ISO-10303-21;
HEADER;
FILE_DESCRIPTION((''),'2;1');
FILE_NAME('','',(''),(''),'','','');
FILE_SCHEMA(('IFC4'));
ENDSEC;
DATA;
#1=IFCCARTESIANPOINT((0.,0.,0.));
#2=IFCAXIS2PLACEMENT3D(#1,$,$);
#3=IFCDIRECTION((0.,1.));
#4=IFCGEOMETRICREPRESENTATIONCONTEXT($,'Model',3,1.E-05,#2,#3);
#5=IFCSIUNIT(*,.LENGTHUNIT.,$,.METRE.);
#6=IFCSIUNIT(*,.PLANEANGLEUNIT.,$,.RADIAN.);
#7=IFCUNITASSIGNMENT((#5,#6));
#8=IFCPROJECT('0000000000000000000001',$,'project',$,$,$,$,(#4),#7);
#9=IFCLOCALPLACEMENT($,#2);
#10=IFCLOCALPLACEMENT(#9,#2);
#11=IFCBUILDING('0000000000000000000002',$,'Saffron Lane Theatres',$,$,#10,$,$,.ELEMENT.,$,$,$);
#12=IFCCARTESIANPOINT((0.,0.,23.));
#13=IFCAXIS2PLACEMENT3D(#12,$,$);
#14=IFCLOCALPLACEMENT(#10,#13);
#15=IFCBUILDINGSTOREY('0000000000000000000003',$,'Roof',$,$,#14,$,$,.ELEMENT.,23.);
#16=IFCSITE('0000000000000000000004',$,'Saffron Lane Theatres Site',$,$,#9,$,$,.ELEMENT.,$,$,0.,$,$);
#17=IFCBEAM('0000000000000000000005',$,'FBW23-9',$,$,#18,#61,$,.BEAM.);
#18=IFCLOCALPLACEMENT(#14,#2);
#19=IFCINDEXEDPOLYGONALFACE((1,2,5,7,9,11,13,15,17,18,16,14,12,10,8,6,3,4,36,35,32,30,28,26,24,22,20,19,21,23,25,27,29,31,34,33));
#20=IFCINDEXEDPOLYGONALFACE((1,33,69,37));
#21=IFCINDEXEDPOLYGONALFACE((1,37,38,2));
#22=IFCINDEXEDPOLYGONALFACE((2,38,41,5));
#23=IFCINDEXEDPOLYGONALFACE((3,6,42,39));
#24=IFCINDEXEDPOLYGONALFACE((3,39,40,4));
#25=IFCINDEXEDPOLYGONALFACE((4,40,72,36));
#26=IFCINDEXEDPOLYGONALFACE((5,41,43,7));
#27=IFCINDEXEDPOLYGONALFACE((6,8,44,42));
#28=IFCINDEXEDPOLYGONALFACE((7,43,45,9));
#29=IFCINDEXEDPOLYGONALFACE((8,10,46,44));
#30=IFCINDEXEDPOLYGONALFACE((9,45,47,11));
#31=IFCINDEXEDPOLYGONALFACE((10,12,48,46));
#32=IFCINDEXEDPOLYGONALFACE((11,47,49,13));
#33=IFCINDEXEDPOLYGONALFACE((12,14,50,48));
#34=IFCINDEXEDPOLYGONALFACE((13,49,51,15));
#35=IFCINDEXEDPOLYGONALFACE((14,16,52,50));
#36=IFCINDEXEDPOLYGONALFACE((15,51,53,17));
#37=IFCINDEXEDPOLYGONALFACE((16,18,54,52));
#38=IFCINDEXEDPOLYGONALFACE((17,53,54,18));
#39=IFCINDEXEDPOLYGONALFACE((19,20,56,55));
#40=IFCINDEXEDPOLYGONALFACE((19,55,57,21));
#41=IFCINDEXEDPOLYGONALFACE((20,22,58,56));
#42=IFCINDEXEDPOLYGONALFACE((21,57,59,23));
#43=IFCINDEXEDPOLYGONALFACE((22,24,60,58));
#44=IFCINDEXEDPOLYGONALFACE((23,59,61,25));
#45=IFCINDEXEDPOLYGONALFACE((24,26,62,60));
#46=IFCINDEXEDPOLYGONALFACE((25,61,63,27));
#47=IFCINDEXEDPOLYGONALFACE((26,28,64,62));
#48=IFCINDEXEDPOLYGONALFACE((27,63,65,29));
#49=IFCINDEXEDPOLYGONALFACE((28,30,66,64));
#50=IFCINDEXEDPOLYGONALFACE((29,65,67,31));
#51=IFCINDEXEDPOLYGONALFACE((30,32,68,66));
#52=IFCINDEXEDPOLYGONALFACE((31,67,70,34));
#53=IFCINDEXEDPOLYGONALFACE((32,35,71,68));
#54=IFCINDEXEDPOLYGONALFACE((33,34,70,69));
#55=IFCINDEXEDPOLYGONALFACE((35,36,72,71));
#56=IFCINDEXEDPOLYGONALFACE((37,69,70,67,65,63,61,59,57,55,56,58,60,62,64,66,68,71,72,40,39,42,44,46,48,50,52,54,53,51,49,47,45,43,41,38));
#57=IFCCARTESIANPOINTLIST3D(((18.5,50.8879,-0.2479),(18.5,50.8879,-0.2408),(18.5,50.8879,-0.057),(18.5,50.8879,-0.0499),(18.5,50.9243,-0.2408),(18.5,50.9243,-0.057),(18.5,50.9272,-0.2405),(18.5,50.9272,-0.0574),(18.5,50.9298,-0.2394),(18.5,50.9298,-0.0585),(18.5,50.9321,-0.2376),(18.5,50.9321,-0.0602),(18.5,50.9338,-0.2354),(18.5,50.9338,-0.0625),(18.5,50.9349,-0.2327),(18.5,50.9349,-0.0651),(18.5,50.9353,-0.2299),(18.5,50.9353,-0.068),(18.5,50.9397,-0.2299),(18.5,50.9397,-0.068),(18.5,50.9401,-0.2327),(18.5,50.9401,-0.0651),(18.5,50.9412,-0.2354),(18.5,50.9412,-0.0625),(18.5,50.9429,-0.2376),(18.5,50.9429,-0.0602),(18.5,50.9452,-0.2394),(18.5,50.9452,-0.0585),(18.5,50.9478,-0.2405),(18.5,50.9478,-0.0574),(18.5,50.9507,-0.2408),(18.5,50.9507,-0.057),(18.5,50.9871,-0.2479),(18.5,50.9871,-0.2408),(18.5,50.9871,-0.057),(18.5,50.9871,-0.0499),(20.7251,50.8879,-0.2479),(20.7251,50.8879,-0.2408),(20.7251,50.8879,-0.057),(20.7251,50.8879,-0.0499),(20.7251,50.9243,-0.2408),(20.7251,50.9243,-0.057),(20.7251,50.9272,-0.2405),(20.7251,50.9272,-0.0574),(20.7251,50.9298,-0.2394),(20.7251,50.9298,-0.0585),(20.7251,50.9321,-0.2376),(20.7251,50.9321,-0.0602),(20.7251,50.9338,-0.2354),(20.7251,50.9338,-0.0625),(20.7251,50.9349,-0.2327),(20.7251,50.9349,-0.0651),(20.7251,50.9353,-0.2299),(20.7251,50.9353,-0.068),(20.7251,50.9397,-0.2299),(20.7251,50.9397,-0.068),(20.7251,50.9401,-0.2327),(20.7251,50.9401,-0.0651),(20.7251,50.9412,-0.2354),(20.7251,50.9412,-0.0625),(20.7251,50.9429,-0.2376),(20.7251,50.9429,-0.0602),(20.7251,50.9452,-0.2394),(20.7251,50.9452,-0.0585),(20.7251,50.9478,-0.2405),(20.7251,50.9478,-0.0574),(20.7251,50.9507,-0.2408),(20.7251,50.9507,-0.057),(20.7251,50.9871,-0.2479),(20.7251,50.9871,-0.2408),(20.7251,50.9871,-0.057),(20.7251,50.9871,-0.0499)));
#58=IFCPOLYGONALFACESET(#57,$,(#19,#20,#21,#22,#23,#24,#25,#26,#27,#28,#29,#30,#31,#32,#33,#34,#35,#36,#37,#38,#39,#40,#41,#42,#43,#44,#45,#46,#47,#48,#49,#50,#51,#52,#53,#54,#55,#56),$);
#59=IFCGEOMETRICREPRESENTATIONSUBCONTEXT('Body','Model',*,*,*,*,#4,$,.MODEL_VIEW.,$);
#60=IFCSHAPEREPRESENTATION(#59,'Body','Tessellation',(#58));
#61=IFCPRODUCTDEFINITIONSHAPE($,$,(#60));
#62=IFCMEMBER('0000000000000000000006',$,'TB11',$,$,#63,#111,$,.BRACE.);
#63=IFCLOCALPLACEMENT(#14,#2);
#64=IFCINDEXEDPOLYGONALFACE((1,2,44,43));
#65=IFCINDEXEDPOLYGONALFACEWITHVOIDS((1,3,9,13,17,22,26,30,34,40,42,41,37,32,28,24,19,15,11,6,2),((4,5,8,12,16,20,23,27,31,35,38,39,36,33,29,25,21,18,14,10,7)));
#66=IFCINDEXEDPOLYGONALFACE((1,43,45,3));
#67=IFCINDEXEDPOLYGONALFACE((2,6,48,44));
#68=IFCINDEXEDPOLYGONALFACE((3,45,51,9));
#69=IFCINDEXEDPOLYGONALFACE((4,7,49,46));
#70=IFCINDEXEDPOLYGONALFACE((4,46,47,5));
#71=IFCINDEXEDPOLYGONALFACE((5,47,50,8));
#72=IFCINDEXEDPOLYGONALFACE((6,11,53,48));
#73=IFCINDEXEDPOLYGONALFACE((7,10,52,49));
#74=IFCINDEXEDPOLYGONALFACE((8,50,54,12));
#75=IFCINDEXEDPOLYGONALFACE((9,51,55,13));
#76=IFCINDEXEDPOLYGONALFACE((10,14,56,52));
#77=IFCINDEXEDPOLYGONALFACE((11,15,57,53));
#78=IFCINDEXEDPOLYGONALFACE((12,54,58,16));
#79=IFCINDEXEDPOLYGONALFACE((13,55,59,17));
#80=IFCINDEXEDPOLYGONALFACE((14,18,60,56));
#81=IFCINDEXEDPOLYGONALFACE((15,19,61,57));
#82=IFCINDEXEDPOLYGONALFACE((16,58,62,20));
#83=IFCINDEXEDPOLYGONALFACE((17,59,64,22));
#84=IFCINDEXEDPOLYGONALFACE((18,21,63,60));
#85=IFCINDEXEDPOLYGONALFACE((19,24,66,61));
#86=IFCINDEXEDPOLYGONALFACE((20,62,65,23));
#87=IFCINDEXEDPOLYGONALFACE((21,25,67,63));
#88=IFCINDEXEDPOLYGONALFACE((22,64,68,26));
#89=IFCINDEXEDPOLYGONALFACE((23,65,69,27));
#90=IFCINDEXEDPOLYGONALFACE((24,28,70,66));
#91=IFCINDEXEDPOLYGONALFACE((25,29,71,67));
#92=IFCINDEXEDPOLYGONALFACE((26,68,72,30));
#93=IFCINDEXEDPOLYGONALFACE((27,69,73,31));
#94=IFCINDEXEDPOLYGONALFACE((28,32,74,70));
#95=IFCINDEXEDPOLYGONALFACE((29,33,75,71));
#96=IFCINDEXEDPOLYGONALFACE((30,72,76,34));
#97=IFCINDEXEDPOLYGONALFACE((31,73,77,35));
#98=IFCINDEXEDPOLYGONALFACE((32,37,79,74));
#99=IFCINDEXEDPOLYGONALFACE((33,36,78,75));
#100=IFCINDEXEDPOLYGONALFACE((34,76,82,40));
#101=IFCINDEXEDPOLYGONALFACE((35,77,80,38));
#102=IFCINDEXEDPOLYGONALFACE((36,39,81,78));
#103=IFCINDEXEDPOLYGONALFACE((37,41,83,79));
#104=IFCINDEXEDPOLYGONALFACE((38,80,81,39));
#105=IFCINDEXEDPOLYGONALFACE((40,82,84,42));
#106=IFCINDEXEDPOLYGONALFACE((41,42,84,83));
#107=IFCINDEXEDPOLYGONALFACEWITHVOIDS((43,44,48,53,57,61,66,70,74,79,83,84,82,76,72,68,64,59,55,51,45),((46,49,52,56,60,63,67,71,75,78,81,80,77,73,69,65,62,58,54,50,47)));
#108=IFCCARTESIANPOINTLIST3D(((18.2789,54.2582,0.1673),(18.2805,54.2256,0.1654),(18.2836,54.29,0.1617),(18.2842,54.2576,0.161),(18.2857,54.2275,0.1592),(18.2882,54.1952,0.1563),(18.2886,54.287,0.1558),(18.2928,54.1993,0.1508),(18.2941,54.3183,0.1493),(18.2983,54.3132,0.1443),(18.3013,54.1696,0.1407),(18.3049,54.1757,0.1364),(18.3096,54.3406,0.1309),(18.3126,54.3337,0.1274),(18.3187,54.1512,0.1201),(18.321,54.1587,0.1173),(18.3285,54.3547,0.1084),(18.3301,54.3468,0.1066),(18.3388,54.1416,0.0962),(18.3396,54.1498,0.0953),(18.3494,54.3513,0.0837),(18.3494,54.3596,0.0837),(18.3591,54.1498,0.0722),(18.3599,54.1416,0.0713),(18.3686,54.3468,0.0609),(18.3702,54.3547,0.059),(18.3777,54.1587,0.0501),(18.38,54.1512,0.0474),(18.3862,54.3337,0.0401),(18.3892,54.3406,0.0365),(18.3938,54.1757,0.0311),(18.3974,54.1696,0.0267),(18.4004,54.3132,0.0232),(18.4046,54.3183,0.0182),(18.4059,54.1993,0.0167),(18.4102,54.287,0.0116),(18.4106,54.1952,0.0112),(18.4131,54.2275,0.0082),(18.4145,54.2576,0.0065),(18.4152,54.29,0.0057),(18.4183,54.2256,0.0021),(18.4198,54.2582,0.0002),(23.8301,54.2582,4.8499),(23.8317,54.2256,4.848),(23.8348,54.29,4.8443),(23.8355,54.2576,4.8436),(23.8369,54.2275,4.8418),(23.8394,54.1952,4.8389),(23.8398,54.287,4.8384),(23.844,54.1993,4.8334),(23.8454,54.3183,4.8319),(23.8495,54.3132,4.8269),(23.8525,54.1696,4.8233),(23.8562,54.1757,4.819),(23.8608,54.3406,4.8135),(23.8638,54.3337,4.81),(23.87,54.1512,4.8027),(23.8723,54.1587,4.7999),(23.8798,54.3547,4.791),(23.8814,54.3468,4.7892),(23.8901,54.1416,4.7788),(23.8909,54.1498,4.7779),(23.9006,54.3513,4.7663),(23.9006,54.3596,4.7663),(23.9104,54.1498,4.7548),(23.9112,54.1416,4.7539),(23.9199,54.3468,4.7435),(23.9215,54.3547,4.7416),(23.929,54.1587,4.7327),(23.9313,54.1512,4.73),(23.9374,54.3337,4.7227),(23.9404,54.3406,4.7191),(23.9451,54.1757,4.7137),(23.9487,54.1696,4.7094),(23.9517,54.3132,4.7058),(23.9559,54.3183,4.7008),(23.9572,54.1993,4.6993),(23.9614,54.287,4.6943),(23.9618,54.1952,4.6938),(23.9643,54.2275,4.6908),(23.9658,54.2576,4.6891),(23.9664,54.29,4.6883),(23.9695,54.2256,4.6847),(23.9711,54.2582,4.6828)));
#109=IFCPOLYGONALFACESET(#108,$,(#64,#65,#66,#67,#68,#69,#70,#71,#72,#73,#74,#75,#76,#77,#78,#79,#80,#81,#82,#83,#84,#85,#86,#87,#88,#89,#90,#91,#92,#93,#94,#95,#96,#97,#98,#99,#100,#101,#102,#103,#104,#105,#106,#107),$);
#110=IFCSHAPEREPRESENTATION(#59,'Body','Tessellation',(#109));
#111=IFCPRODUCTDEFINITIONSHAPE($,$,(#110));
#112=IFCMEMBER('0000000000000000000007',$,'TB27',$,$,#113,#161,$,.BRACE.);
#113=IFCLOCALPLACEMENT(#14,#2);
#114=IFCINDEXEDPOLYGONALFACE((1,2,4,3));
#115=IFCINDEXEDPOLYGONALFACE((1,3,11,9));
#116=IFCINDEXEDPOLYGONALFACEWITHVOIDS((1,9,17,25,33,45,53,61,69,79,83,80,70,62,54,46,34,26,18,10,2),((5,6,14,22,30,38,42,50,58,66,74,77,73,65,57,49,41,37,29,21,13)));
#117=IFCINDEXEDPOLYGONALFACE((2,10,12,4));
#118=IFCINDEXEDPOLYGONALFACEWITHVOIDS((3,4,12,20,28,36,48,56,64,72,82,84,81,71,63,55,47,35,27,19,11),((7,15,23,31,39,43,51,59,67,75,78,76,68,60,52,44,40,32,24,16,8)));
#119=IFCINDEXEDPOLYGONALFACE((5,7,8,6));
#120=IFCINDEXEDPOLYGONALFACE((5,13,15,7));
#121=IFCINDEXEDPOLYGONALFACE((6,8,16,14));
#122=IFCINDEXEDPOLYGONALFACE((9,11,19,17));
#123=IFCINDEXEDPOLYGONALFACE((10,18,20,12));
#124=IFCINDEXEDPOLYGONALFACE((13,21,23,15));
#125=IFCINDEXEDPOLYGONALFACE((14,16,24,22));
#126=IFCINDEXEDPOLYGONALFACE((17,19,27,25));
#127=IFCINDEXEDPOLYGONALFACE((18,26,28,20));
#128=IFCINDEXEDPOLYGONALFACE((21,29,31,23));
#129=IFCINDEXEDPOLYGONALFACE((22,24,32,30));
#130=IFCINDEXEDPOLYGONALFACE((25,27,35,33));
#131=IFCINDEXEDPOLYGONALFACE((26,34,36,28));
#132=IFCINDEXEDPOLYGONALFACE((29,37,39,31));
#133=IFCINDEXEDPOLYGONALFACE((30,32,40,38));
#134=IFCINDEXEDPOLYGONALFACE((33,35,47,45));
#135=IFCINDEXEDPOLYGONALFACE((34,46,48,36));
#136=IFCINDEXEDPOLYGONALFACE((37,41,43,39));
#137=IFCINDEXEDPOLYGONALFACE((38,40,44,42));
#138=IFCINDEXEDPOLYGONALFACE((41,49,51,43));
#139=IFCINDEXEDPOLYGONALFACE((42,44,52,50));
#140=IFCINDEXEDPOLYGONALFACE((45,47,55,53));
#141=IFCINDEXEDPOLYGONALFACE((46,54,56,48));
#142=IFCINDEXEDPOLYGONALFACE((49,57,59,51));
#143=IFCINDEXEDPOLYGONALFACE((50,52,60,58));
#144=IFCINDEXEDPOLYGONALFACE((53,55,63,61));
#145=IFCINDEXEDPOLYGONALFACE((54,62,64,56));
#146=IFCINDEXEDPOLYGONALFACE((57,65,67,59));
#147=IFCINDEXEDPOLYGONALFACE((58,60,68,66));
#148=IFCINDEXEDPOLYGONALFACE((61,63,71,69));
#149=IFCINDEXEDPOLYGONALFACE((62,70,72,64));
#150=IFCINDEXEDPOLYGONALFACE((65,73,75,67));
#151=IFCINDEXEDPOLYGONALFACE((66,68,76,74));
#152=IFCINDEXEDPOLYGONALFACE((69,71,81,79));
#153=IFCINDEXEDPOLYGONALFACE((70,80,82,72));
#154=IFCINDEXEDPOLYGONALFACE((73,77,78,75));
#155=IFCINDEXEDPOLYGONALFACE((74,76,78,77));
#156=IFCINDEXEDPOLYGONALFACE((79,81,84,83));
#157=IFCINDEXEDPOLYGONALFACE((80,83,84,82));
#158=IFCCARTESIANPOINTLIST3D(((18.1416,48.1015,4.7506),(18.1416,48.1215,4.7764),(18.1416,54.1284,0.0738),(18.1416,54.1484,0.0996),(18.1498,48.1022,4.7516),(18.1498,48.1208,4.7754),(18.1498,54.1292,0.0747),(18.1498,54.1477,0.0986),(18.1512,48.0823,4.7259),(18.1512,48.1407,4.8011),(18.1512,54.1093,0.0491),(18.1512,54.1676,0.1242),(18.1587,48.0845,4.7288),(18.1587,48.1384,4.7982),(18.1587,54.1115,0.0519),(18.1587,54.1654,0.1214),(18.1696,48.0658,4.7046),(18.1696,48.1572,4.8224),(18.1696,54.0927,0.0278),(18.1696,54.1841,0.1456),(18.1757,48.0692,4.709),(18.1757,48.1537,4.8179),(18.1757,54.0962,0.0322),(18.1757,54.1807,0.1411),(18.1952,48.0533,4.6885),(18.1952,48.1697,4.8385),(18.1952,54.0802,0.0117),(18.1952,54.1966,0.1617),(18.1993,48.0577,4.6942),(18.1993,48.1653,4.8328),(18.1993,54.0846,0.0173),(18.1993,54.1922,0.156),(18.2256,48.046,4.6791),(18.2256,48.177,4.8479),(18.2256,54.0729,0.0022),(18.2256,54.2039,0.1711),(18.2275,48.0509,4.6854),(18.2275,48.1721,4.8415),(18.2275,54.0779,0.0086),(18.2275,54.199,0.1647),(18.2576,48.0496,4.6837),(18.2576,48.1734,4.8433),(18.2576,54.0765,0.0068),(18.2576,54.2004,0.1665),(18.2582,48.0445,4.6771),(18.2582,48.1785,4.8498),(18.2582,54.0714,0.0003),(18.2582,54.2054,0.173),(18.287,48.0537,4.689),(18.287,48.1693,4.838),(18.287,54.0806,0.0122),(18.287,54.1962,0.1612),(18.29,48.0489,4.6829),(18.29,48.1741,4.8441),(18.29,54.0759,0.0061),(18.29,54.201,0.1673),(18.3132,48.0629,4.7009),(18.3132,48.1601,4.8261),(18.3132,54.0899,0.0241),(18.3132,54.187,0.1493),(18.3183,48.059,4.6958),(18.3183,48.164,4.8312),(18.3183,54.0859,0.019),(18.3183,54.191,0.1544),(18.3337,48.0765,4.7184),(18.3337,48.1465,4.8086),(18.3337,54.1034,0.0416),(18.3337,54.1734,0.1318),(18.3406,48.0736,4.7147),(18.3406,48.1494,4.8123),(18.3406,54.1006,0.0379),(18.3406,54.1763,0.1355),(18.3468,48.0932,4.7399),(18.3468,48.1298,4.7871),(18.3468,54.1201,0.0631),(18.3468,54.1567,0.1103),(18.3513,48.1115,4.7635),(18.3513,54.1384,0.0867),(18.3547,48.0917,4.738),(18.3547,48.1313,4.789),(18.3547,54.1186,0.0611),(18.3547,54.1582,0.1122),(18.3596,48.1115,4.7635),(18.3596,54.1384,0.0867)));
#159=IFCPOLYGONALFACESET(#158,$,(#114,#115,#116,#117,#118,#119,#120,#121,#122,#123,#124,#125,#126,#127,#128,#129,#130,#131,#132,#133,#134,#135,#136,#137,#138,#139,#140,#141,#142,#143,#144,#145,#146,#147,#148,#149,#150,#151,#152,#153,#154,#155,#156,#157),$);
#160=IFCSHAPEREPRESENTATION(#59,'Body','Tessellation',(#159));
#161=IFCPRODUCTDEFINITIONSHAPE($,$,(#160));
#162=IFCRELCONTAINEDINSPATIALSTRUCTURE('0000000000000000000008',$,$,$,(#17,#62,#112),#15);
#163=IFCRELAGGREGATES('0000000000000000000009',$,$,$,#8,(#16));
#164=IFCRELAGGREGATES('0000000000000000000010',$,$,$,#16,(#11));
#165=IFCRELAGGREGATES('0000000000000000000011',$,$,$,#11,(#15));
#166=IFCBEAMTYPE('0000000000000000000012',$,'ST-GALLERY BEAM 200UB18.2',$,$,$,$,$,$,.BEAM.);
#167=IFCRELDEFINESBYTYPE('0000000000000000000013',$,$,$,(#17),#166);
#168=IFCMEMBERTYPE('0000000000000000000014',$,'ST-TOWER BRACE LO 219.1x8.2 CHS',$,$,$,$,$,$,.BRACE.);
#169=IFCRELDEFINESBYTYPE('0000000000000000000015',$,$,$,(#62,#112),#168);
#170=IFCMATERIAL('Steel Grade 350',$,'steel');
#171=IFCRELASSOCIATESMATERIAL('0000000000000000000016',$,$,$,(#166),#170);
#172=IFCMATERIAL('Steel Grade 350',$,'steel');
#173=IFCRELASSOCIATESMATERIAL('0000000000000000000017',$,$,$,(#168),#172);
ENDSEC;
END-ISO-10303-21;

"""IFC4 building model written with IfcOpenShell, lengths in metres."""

from ifc_helpers import new_model, si_unit, direction, frame, origin, origin_2d, place, context, subcontext, project, spatial, hollow_circle, i_section, extrude, material, material_profile, profile_set, type_object, element, save


model = new_model("IFC4")

# Units and contexts
model_context = context("Model", 3, precision=1e-05, world=origin(), true_north=direction((0.0, 1.0)))
body_context = subcontext(model_context, "Body", "Model", "MODEL_VIEW")
ifc_project = project(units=[si_unit("LENGTHUNIT", "METRE"), si_unit("PLANEANGLEUNIT", "RADIAN")], contexts=[model_context])

# Site, building, storey
site_placement = place(None, origin())
site = spatial("IfcSite", under=ifc_project, at=site_placement, Name="Saffron Lane Theatres Site", CompositionType="ELEMENT", RefElevation=0.0)
building_placement = place(site_placement, origin())
building = spatial("IfcBuilding", under=site, at=building_placement, Name="Saffron Lane Theatres", CompositionType="ELEMENT")
storey_placement = place(building_placement, frame((0.0, 0.0, 23.0)))
storey = spatial("IfcBuildingStorey", under=building, at=storey_placement, Name="Roof", CompositionType="ELEMENT", Elevation=23.0)

# Beam
ifc_material_1 = material(Name="Steel Grade 350", Category="steel")
ifc_material_profile_1 = material_profile(ifc_material_1, i_section(OverallWidth=0.0991, OverallDepth=0.198, WebThickness=0.0044, FlangeThickness=0.0071, FilletRadius=0.011, at=origin_2d()))
ifc_profile_set_1 = profile_set([ifc_material_profile_1], Name="Steel Grade 350")
beam_type_1 = type_object("IfcBeamType", Name="ST-GALLERY BEAM 200UB18.2", PredefinedType="BEAM", material=ifc_profile_set_1)
for number, where, z_axis, x_axis, name in (
    (1, (18.5, 50.9375, -0.1489), (1.0, 0.0, 0.0), (0.0, 1.0, 0.0), "FBW23-9"),
):
    element("IfcBeam", number, at=place(storey_placement, frame(where, z_axis=z_axis, x_axis=x_axis)), inside=storey, type_object=beam_type_1, Name=name, PredefinedType="BEAM", context=body_context, shape_type="SweptSolid", body=[
        extrude(i_section(OverallWidth=0.0991, OverallDepth=0.198, WebThickness=0.0044, FlangeThickness=0.0071, FilletRadius=0.011, at=origin_2d()), origin(), (0.0, 0.0, 1.0), 2.2251),
    ])

# Members
ifc_material_2 = material(Name="Steel Grade 350", Category="steel")
ifc_material_profile_2 = material_profile(ifc_material_2, hollow_circle(Radius=0.1096, WallThickness=0.0083, at=origin_2d()))
ifc_profile_set_2 = profile_set([ifc_material_profile_2], Name="Steel Grade 350")
member_type = type_object("IfcMemberType", Name="ST-TOWER BRACE LO 219.1x8.2 CHS", PredefinedType="BRACE", material=ifc_profile_set_2)
member_1_placement = place(storey_placement, frame((18.3494, 54.25, 0.0837), z_axis=(0.764377, 0.0, 0.644769), x_axis=(0.0, 1.0, 0.0)))
element("IfcMember", 2, at=member_1_placement, inside=storey, type_object=member_type, Name="TB11", PredefinedType="BRACE", context=body_context, shape_type="SweptSolid", body=[
    extrude(hollow_circle(Radius=0.1096, WallThickness=0.0083, at=origin_2d()), origin(), (0.0, 0.0, 1.0), 7.2625),
])
member_2_placement = place(storey_placement, frame((18.25, 54.1384, 0.0867), z_axis=(0.0, -0.790038, 0.613058), x_axis=(1.0, 0.0, 0.0)))
element("IfcMember", 3, at=member_2_placement, inside=storey, type_object=member_type, Name="TB27", PredefinedType="BRACE", context=body_context, shape_type="SweptSolid", body=[
    extrude(hollow_circle(Radius=0.1096, WallThickness=0.0083, at=origin_2d()), origin(), (0.0, 0.0, 1.0), 7.6287),
])

save(model, "model.ifc")
